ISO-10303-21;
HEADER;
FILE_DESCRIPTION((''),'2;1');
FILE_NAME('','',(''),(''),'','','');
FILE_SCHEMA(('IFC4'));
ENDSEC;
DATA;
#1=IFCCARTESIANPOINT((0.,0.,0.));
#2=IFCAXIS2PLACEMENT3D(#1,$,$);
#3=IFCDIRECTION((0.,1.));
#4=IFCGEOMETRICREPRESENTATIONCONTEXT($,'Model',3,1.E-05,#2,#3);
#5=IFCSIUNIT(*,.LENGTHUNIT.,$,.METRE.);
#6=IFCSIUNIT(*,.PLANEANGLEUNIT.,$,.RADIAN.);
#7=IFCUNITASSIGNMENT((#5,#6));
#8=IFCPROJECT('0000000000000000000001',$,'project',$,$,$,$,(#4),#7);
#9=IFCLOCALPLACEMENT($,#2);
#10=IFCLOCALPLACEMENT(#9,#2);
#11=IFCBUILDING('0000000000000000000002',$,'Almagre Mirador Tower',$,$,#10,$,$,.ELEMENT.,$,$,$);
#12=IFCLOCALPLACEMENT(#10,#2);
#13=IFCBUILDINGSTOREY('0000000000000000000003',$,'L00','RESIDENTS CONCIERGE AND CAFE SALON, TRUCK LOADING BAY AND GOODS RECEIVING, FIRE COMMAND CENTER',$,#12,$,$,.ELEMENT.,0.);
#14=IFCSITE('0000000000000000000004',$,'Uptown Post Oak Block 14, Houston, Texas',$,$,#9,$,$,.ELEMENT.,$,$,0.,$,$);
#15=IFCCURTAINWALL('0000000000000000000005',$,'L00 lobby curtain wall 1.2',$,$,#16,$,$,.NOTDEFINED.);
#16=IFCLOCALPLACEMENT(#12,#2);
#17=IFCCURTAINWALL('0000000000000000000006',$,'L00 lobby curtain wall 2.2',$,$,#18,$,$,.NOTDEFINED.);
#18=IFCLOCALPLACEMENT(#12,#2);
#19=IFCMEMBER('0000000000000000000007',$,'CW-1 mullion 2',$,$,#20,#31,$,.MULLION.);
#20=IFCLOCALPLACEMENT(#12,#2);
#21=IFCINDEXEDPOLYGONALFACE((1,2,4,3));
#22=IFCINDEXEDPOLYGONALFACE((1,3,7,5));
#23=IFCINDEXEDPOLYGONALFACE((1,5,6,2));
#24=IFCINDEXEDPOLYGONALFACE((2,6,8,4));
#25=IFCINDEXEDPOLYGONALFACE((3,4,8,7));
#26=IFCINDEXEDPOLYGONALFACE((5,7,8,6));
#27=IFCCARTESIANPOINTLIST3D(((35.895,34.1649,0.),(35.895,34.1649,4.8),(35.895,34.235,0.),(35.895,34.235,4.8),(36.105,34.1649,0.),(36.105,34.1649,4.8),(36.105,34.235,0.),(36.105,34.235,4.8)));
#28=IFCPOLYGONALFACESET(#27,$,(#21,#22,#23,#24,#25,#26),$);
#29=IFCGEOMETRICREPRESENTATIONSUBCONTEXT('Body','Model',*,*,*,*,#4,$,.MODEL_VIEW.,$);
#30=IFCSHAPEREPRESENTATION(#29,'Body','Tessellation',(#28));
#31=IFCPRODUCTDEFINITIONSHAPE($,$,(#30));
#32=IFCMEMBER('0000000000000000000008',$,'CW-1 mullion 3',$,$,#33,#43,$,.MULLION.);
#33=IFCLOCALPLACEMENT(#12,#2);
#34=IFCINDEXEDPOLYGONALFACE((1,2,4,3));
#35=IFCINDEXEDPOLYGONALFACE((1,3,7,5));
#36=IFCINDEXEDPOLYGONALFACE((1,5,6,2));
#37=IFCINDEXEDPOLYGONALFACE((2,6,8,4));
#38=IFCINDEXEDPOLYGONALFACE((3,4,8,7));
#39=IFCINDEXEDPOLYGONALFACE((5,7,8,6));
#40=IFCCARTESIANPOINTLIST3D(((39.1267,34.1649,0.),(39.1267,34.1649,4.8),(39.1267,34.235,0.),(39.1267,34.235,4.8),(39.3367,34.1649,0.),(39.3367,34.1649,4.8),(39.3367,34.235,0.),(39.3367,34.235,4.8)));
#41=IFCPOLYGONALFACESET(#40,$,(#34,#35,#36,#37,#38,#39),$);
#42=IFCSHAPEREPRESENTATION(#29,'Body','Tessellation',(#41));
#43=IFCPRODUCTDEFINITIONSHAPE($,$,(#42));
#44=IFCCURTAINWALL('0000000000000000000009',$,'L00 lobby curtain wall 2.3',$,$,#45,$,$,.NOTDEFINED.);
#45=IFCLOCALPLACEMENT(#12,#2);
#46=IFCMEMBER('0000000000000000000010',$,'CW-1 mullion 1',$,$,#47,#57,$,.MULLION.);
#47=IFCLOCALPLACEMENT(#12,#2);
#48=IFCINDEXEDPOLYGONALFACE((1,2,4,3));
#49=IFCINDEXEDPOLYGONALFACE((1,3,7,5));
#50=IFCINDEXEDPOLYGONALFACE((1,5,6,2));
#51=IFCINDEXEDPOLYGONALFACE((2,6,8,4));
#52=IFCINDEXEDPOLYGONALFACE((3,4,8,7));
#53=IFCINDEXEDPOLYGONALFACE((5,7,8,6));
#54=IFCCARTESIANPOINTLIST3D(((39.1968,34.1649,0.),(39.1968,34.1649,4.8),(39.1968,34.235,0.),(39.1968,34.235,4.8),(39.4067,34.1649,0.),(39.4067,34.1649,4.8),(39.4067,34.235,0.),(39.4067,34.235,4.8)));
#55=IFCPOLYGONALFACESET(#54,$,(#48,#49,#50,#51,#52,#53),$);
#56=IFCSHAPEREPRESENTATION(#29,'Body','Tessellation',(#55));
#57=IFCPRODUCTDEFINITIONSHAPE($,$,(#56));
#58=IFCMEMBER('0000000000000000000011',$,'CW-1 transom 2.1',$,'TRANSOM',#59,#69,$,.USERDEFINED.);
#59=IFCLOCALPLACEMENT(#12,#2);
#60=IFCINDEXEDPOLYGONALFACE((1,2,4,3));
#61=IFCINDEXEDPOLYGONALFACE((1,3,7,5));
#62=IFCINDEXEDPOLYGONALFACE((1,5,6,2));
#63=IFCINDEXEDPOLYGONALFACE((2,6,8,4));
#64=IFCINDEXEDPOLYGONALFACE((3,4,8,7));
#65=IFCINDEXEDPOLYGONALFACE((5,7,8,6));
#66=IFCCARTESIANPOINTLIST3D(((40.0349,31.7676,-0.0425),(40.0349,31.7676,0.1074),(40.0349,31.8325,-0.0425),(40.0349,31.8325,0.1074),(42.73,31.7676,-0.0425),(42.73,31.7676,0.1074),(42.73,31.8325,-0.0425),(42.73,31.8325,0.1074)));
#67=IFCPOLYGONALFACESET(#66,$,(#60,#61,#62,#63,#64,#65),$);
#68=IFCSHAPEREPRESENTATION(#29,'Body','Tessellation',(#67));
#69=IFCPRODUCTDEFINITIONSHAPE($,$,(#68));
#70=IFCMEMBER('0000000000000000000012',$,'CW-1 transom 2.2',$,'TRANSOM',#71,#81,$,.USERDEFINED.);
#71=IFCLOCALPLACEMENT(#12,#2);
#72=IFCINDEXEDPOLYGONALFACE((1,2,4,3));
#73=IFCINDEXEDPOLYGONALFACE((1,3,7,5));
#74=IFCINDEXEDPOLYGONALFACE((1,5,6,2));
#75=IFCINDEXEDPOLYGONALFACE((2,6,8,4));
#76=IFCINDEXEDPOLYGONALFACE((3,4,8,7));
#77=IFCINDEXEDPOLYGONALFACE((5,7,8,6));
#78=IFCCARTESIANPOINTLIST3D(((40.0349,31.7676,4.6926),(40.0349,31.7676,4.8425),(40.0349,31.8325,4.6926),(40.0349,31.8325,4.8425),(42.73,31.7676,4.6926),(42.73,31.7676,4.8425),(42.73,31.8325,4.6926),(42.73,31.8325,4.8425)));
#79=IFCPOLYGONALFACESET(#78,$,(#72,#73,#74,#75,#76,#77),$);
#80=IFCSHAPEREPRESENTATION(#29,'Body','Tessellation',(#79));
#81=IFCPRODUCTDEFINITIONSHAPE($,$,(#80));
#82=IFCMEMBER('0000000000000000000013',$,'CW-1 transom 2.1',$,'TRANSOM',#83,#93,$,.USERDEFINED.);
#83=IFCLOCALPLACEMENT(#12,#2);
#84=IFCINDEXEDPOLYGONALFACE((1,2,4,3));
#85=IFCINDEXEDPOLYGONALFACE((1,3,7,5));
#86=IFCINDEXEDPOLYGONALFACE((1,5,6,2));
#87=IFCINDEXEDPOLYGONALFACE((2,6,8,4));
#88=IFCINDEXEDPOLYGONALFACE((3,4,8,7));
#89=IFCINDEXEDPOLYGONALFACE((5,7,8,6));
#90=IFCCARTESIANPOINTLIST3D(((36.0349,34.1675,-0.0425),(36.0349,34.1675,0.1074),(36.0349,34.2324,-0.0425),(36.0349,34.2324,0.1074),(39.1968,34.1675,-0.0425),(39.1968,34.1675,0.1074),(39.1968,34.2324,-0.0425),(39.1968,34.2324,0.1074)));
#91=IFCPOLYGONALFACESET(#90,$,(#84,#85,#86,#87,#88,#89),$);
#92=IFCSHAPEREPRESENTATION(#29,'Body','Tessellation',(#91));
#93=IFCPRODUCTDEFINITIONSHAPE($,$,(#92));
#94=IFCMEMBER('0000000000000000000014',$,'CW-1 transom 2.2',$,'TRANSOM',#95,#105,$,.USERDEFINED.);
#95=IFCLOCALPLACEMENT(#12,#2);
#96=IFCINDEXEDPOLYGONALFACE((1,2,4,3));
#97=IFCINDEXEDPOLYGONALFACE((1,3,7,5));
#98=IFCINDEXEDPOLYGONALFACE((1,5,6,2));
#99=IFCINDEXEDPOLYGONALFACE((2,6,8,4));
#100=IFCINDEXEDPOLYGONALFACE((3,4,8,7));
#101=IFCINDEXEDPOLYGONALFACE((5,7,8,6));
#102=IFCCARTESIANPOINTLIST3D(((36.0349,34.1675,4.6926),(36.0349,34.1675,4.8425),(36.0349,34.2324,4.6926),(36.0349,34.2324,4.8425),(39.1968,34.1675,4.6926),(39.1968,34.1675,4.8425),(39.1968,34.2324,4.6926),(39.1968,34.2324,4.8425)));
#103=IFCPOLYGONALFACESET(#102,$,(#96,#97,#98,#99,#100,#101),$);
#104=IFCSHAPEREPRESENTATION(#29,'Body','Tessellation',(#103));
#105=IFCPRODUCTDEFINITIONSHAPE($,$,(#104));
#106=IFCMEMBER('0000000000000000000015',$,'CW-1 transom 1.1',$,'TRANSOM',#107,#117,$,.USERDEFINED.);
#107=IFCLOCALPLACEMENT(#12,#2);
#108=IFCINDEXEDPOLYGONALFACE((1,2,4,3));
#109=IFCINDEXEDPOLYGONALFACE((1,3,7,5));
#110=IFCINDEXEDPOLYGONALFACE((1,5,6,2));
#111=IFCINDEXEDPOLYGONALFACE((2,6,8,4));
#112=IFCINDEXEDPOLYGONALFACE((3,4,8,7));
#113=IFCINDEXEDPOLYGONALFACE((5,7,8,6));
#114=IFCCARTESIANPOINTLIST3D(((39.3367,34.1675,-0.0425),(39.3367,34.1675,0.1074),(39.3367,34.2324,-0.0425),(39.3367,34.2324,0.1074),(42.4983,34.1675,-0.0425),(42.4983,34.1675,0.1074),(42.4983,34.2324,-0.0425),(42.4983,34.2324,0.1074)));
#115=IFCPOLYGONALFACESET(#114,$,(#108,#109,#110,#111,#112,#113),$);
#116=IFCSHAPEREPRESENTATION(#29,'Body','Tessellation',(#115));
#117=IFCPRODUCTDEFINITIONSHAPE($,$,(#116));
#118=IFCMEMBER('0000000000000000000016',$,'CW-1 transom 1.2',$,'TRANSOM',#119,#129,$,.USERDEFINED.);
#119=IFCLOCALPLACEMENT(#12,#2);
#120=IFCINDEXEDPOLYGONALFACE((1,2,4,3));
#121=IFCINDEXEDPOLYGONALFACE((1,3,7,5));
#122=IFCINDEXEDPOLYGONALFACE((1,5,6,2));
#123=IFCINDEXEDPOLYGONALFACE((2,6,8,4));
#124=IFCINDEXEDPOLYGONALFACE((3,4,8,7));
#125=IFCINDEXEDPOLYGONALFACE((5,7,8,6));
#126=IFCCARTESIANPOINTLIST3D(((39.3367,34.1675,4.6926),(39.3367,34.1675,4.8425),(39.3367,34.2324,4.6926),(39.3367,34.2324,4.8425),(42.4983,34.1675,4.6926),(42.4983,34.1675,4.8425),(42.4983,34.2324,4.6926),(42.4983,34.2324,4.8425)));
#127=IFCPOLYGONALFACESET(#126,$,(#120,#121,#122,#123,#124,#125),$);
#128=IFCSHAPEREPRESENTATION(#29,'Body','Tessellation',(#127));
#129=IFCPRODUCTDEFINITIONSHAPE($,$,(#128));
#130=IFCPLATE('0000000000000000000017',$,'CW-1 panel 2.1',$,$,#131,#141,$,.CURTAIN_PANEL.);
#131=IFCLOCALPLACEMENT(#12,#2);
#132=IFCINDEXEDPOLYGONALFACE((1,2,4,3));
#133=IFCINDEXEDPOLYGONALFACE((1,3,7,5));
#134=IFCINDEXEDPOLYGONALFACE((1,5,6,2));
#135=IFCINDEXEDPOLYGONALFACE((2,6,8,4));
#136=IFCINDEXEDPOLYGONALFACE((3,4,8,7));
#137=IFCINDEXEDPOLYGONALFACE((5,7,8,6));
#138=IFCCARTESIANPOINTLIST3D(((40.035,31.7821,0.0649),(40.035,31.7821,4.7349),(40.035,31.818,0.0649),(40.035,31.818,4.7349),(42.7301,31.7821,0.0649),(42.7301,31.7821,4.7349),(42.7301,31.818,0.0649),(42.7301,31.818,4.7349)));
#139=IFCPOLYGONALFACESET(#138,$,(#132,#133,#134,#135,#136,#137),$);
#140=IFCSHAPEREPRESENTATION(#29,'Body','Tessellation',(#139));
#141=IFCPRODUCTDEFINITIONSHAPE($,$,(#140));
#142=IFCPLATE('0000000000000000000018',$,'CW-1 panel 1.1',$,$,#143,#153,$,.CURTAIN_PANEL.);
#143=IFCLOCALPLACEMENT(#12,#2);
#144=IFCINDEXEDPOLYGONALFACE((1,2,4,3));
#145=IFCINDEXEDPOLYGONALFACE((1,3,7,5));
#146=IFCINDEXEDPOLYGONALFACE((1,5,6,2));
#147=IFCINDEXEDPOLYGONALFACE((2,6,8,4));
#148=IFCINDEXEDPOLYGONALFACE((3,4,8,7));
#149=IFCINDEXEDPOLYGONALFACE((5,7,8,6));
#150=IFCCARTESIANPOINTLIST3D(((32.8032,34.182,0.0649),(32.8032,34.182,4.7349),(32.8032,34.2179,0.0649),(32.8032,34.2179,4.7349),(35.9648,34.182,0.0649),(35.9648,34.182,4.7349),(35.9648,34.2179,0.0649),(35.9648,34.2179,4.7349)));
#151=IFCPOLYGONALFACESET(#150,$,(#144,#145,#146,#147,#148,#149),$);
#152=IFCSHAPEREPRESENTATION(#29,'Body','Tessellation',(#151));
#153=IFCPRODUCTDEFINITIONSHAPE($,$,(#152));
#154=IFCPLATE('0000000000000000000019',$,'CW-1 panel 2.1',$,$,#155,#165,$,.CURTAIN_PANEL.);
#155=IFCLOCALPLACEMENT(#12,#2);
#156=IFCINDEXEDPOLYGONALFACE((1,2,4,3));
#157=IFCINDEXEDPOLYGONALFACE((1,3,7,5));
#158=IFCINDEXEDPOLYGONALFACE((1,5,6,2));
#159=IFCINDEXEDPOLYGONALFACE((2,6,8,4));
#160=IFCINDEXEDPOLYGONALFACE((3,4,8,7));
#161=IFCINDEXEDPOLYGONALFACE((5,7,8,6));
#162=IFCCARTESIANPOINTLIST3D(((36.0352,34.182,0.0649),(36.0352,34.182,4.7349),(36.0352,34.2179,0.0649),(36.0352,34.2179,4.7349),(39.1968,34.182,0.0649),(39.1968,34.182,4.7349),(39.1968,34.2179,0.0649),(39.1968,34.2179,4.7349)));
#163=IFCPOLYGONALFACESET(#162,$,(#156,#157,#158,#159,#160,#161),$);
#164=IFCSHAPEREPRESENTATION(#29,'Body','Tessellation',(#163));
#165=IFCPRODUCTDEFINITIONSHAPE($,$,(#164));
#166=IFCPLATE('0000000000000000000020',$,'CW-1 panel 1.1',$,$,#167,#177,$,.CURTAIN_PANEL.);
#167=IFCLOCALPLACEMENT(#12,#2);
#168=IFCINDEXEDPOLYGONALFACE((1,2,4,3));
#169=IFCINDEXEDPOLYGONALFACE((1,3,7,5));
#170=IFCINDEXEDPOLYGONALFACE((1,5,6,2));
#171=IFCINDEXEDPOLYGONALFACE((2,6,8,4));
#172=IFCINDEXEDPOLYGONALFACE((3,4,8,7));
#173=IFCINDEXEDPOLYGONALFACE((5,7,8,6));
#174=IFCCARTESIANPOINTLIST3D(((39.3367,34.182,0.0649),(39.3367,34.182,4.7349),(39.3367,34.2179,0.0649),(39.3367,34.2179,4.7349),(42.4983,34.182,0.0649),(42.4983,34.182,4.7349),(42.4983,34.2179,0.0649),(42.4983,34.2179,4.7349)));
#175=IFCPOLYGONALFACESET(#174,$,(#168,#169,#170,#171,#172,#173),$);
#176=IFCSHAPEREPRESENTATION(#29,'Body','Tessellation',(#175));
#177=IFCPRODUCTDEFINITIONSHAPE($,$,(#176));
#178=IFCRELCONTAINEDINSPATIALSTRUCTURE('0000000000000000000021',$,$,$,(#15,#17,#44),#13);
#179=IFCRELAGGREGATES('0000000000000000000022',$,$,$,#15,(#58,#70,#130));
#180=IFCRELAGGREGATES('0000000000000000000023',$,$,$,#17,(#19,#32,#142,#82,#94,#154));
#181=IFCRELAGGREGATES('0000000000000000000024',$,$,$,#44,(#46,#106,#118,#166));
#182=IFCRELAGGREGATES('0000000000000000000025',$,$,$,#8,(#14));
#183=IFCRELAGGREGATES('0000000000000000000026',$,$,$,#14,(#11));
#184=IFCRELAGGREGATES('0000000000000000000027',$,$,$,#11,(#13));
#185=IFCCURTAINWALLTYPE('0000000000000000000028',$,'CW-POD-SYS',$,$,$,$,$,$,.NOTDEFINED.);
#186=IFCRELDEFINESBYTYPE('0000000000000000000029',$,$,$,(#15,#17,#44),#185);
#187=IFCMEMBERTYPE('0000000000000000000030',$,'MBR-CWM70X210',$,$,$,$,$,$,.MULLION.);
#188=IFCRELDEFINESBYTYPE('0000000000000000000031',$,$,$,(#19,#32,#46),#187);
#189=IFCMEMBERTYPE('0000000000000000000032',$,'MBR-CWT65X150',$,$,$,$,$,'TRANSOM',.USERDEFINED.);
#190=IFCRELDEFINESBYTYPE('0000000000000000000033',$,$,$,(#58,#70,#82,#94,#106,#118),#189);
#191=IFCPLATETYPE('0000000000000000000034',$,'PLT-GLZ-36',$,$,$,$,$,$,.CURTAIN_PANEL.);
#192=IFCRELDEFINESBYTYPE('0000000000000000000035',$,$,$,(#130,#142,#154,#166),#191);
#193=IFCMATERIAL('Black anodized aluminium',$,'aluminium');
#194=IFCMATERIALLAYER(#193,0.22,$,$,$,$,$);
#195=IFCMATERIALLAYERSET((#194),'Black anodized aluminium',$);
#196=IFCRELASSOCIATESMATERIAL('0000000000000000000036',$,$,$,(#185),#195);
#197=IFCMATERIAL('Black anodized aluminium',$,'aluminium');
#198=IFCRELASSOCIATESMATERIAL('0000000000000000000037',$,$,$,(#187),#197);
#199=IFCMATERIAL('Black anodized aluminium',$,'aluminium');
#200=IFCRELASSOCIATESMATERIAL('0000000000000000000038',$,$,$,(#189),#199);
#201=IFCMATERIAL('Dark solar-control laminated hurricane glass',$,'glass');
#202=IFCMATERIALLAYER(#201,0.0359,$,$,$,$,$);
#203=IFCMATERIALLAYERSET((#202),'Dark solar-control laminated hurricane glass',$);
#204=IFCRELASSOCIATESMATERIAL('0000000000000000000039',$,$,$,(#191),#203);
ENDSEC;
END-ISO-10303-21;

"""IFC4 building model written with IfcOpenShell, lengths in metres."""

from ifc_helpers import new_model, si_unit, direction, frame, origin, origin_2d, place, context, subcontext, project, spatial, rectangle, extrude, material, layer, layer_set, material_profile, profile_set, type_object, element, aggregate, save


model = new_model("IFC4")

# Units and contexts
model_context = context("Model", 3, precision=1e-05, world=origin(), true_north=direction((0.0, 1.0)))
body_context = subcontext(model_context, "Body", "Model", "MODEL_VIEW")
ifc_project = project(units=[si_unit("LENGTHUNIT", "METRE"), si_unit("PLANEANGLEUNIT", "RADIAN")], contexts=[model_context])

# Site, building, storey
site_placement = place(None, origin())
site = spatial("IfcSite", under=ifc_project, at=site_placement, Name="Uptown Post Oak Block 14, Houston, Texas", CompositionType="ELEMENT", RefElevation=0.0)
building_placement = place(site_placement, origin())
building = spatial("IfcBuilding", under=site, at=building_placement, Name="Almagre Mirador Tower", CompositionType="ELEMENT")
storey_placement = place(building_placement, origin())
storey = spatial("IfcBuildingStorey", under=building, at=storey_placement, Name="L00", Description="RESIDENTS CONCIERGE AND CAFE SALON, TRUCK LOADING BAY AND GOODS RECEIVING, FIRE COMMAND CENTER", CompositionType="ELEMENT", Elevation=0.0)

# Curtain wall
ifc_material_1 = material(Name="Black anodized aluminium", Category="aluminium")
ifc_layer_1 = layer(ifc_material_1, 0.22)
ifc_layer_set_1 = layer_set([ifc_layer_1], Name="Black anodized aluminium")
curtain_wall_type = type_object("IfcCurtainWallType", Name="CW-POD-SYS", PredefinedType="NOTDEFINED", material=ifc_layer_set_1)
curtain_wall_1_placement = place(storey_placement, origin())
curtain_wall_1 = element("IfcCurtainWall", 1, at=curtain_wall_1_placement, inside=storey, type_object=curtain_wall_type, Name="L00 lobby curtain wall 1.2", PredefinedType="NOTDEFINED")
ifc_material_2 = material(Name="Black anodized aluminium", Category="aluminium")
ifc_material_profile_1 = material_profile(ifc_material_2, rectangle(XDim=0.0701, YDim=0.21, at=origin_2d()), Name="CWM70X210")
ifc_profile_set_1 = profile_set([ifc_material_profile_1], Name="Black anodized aluminium")
member_type_1 = type_object("IfcMemberType", Name="MBR-CWM70X210", PredefinedType="MULLION", material=ifc_profile_set_1)

# Curtain wall, members
curtain_wall_2_placement = place(storey_placement, origin())
curtain_wall_2 = element("IfcCurtainWall", 2, at=curtain_wall_2_placement, inside=storey, type_object=curtain_wall_type, Name="L00 lobby curtain wall 2.2", PredefinedType="NOTDEFINED")
member_1_placement = place(storey_placement, frame((36.0, 34.2, 0.0), z_axis=(0.0, 0.0, 1.0), x_axis=(0.0, 1.0, 0.0)))
member_1 = element("IfcMember", 3, at=member_1_placement, type_object=member_type_1, Name="CW-1 mullion 2", PredefinedType="MULLION", context=body_context, shape_type="SweptSolid", body=[
    extrude(rectangle(XDim=0.0701, YDim=0.21, at=origin_2d()), origin(), (0.0, 0.0, 1.0), 4.8),
])
member_2_placement = place(storey_placement, frame((39.2317, 34.2, 0.0), z_axis=(0.0, 0.0, 1.0), x_axis=(0.0, 1.0, 0.0)))
member_2 = element("IfcMember", 4, at=member_2_placement, type_object=member_type_1, Name="CW-1 mullion 3", PredefinedType="MULLION", context=body_context, shape_type="SweptSolid", body=[
    extrude(rectangle(XDim=0.0701, YDim=0.21, at=origin_2d()), origin(), (0.0, 0.0, 1.0), 4.8),
])

# Curtain wall, member
curtain_wall_3_placement = place(storey_placement, origin())
curtain_wall_3 = element("IfcCurtainWall", 5, at=curtain_wall_3_placement, inside=storey, type_object=curtain_wall_type, Name="L00 lobby curtain wall 2.3", PredefinedType="NOTDEFINED")
member_3_placement = place(storey_placement, frame((39.3018, 34.2, 0.0), z_axis=(0.0, 0.0, 1.0), x_axis=(0.0, 1.0, 0.0)))
member_3 = element("IfcMember", 6, at=member_3_placement, type_object=member_type_1, Name="CW-1 mullion 1", PredefinedType="MULLION", context=body_context, shape_type="SweptSolid", body=[
    extrude(rectangle(XDim=0.0701, YDim=0.21, at=origin_2d()), origin(), (0.0, 0.0, 1.0), 4.8),
])

# Members
ifc_material_3 = material(Name="Black anodized aluminium", Category="aluminium")
ifc_material_profile_2 = material_profile(ifc_material_3, rectangle(XDim=0.0649, YDim=0.1499, at=origin_2d()), Name="CWT65X150")
ifc_profile_set_2 = profile_set([ifc_material_profile_2], Name="Black anodized aluminium")
member_type_2 = type_object("IfcMemberType", Name="MBR-CWT65X150", ElementType="TRANSOM", PredefinedType="USERDEFINED", material=ifc_profile_set_2)
member_4_placement = place(storey_placement, frame((40.0349, 31.8, 0.0325), z_axis=(1.0, 0.0, 0.0), x_axis=(0.0, 1.0, 0.0)))
member_4 = element("IfcMember", 7, at=member_4_placement, type_object=member_type_2, Name="CW-1 transom 2.1", ObjectType="TRANSOM", PredefinedType="USERDEFINED", context=body_context, shape_type="SweptSolid", body=[
    extrude(rectangle(XDim=0.0649, YDim=0.1499, at=origin_2d()), origin(), (0.0, 0.0, 1.0), 2.6951),
])
member_5_placement = place(storey_placement, frame((40.0349, 31.8, 4.7676), z_axis=(1.0, 0.0, 0.0), x_axis=(0.0, 1.0, 0.0)))
member_5 = element("IfcMember", 8, at=member_5_placement, type_object=member_type_2, Name="CW-1 transom 2.2", ObjectType="TRANSOM", PredefinedType="USERDEFINED", context=body_context, shape_type="SweptSolid", body=[
    extrude(rectangle(XDim=0.0649, YDim=0.1499, at=origin_2d()), origin(), (0.0, 0.0, 1.0), 2.6951),
])
member_6_placement = place(storey_placement, frame((36.0349, 34.2, 0.0325), z_axis=(1.0, 0.0, 0.0), x_axis=(0.0, 1.0, 0.0)))
member_6 = element("IfcMember", 9, at=member_6_placement, type_object=member_type_2, Name="CW-1 transom 2.1", ObjectType="TRANSOM", PredefinedType="USERDEFINED", context=body_context, shape_type="SweptSolid", body=[
    extrude(rectangle(XDim=0.0649, YDim=0.1499, at=origin_2d()), origin(), (0.0, 0.0, 1.0), 3.1619),
])
member_7_placement = place(storey_placement, frame((36.0349, 34.2, 4.7676), z_axis=(1.0, 0.0, 0.0), x_axis=(0.0, 1.0, 0.0)))
member_7 = element("IfcMember", 10, at=member_7_placement, type_object=member_type_2, Name="CW-1 transom 2.2", ObjectType="TRANSOM", PredefinedType="USERDEFINED", context=body_context, shape_type="SweptSolid", body=[
    extrude(rectangle(XDim=0.0649, YDim=0.1499, at=origin_2d()), origin(), (0.0, 0.0, 1.0), 3.1619),
])
member_8_placement = place(storey_placement, frame((39.3367, 34.2, 0.0325), z_axis=(1.0, 0.0, 0.0), x_axis=(0.0, 1.0, 0.0)))
member_8 = element("IfcMember", 11, at=member_8_placement, type_object=member_type_2, Name="CW-1 transom 1.1", ObjectType="TRANSOM", PredefinedType="USERDEFINED", context=body_context, shape_type="SweptSolid", body=[
    extrude(rectangle(XDim=0.0649, YDim=0.1499, at=origin_2d()), origin(), (0.0, 0.0, 1.0), 3.1616),
])
member_9_placement = place(storey_placement, frame((39.3367, 34.2, 4.7676), z_axis=(1.0, 0.0, 0.0), x_axis=(0.0, 1.0, 0.0)))
member_9 = element("IfcMember", 12, at=member_9_placement, type_object=member_type_2, Name="CW-1 transom 1.2", ObjectType="TRANSOM", PredefinedType="USERDEFINED", context=body_context, shape_type="SweptSolid", body=[
    extrude(rectangle(XDim=0.0649, YDim=0.1499, at=origin_2d()), origin(), (0.0, 0.0, 1.0), 3.1616),
])

# Plates
ifc_material_4 = material(Name="Dark solar-control laminated hurricane glass", Category="glass")
ifc_layer_2 = layer(ifc_material_4, 0.0359)
ifc_layer_set_2 = layer_set([ifc_layer_2], Name="Dark solar-control laminated hurricane glass")
plate_type = type_object("IfcPlateType", Name="PLT-GLZ-36", PredefinedType="CURTAIN_PANEL", material=ifc_layer_set_2)
plate_1_placement = place(storey_placement, frame((41.3826, 31.8, 0.0649), z_axis=(0.0, 0.0, 1.0), x_axis=(1.0, 0.0, 0.0)))
plate_1 = element("IfcPlate", 13, at=plate_1_placement, type_object=plate_type, Name="CW-1 panel 2.1", PredefinedType="CURTAIN_PANEL", context=body_context, shape_type="SweptSolid", body=[
    extrude(rectangle(XDim=2.6951, YDim=0.0359, at=origin_2d()), origin(), (0.0, 0.0, 1.0), 4.6699),
])
aggregate(curtain_wall_1, [member_4, member_5, plate_1])
plate_2_placement = place(storey_placement, frame((34.384, 34.2, 0.0649), z_axis=(0.0, 0.0, 1.0), x_axis=(1.0, 0.0, 0.0)))
plate_2 = element("IfcPlate", 14, at=plate_2_placement, type_object=plate_type, Name="CW-1 panel 1.1", PredefinedType="CURTAIN_PANEL", context=body_context, shape_type="SweptSolid", body=[
    extrude(rectangle(XDim=3.1616, YDim=0.0359, at=origin_2d()), origin(), (0.0, 0.0, 1.0), 4.6699),
])
plate_3_placement = place(storey_placement, frame((37.616, 34.2, 0.0649), z_axis=(0.0, 0.0, 1.0), x_axis=(1.0, 0.0, 0.0)))
plate_3 = element("IfcPlate", 15, at=plate_3_placement, type_object=plate_type, Name="CW-1 panel 2.1", PredefinedType="CURTAIN_PANEL", context=body_context, shape_type="SweptSolid", body=[
    extrude(rectangle(XDim=3.1616, YDim=0.0359, at=origin_2d()), origin(), (0.0, 0.0, 1.0), 4.6699),
])
aggregate(curtain_wall_2, [member_1, member_2, plate_2, member_6, member_7, plate_3])
plate_4_placement = place(storey_placement, frame((40.9175, 34.2, 0.0649), z_axis=(0.0, 0.0, 1.0), x_axis=(1.0, 0.0, 0.0)))
plate_4 = element("IfcPlate", 16, at=plate_4_placement, type_object=plate_type, Name="CW-1 panel 1.1", PredefinedType="CURTAIN_PANEL", context=body_context, shape_type="SweptSolid", body=[
    extrude(rectangle(XDim=3.1616, YDim=0.0359, at=origin_2d()), origin(), (0.0, 0.0, 1.0), 4.6699),
])
aggregate(curtain_wall_3, [member_3, member_8, member_9, plate_4])

save(model, "model.ifc")
